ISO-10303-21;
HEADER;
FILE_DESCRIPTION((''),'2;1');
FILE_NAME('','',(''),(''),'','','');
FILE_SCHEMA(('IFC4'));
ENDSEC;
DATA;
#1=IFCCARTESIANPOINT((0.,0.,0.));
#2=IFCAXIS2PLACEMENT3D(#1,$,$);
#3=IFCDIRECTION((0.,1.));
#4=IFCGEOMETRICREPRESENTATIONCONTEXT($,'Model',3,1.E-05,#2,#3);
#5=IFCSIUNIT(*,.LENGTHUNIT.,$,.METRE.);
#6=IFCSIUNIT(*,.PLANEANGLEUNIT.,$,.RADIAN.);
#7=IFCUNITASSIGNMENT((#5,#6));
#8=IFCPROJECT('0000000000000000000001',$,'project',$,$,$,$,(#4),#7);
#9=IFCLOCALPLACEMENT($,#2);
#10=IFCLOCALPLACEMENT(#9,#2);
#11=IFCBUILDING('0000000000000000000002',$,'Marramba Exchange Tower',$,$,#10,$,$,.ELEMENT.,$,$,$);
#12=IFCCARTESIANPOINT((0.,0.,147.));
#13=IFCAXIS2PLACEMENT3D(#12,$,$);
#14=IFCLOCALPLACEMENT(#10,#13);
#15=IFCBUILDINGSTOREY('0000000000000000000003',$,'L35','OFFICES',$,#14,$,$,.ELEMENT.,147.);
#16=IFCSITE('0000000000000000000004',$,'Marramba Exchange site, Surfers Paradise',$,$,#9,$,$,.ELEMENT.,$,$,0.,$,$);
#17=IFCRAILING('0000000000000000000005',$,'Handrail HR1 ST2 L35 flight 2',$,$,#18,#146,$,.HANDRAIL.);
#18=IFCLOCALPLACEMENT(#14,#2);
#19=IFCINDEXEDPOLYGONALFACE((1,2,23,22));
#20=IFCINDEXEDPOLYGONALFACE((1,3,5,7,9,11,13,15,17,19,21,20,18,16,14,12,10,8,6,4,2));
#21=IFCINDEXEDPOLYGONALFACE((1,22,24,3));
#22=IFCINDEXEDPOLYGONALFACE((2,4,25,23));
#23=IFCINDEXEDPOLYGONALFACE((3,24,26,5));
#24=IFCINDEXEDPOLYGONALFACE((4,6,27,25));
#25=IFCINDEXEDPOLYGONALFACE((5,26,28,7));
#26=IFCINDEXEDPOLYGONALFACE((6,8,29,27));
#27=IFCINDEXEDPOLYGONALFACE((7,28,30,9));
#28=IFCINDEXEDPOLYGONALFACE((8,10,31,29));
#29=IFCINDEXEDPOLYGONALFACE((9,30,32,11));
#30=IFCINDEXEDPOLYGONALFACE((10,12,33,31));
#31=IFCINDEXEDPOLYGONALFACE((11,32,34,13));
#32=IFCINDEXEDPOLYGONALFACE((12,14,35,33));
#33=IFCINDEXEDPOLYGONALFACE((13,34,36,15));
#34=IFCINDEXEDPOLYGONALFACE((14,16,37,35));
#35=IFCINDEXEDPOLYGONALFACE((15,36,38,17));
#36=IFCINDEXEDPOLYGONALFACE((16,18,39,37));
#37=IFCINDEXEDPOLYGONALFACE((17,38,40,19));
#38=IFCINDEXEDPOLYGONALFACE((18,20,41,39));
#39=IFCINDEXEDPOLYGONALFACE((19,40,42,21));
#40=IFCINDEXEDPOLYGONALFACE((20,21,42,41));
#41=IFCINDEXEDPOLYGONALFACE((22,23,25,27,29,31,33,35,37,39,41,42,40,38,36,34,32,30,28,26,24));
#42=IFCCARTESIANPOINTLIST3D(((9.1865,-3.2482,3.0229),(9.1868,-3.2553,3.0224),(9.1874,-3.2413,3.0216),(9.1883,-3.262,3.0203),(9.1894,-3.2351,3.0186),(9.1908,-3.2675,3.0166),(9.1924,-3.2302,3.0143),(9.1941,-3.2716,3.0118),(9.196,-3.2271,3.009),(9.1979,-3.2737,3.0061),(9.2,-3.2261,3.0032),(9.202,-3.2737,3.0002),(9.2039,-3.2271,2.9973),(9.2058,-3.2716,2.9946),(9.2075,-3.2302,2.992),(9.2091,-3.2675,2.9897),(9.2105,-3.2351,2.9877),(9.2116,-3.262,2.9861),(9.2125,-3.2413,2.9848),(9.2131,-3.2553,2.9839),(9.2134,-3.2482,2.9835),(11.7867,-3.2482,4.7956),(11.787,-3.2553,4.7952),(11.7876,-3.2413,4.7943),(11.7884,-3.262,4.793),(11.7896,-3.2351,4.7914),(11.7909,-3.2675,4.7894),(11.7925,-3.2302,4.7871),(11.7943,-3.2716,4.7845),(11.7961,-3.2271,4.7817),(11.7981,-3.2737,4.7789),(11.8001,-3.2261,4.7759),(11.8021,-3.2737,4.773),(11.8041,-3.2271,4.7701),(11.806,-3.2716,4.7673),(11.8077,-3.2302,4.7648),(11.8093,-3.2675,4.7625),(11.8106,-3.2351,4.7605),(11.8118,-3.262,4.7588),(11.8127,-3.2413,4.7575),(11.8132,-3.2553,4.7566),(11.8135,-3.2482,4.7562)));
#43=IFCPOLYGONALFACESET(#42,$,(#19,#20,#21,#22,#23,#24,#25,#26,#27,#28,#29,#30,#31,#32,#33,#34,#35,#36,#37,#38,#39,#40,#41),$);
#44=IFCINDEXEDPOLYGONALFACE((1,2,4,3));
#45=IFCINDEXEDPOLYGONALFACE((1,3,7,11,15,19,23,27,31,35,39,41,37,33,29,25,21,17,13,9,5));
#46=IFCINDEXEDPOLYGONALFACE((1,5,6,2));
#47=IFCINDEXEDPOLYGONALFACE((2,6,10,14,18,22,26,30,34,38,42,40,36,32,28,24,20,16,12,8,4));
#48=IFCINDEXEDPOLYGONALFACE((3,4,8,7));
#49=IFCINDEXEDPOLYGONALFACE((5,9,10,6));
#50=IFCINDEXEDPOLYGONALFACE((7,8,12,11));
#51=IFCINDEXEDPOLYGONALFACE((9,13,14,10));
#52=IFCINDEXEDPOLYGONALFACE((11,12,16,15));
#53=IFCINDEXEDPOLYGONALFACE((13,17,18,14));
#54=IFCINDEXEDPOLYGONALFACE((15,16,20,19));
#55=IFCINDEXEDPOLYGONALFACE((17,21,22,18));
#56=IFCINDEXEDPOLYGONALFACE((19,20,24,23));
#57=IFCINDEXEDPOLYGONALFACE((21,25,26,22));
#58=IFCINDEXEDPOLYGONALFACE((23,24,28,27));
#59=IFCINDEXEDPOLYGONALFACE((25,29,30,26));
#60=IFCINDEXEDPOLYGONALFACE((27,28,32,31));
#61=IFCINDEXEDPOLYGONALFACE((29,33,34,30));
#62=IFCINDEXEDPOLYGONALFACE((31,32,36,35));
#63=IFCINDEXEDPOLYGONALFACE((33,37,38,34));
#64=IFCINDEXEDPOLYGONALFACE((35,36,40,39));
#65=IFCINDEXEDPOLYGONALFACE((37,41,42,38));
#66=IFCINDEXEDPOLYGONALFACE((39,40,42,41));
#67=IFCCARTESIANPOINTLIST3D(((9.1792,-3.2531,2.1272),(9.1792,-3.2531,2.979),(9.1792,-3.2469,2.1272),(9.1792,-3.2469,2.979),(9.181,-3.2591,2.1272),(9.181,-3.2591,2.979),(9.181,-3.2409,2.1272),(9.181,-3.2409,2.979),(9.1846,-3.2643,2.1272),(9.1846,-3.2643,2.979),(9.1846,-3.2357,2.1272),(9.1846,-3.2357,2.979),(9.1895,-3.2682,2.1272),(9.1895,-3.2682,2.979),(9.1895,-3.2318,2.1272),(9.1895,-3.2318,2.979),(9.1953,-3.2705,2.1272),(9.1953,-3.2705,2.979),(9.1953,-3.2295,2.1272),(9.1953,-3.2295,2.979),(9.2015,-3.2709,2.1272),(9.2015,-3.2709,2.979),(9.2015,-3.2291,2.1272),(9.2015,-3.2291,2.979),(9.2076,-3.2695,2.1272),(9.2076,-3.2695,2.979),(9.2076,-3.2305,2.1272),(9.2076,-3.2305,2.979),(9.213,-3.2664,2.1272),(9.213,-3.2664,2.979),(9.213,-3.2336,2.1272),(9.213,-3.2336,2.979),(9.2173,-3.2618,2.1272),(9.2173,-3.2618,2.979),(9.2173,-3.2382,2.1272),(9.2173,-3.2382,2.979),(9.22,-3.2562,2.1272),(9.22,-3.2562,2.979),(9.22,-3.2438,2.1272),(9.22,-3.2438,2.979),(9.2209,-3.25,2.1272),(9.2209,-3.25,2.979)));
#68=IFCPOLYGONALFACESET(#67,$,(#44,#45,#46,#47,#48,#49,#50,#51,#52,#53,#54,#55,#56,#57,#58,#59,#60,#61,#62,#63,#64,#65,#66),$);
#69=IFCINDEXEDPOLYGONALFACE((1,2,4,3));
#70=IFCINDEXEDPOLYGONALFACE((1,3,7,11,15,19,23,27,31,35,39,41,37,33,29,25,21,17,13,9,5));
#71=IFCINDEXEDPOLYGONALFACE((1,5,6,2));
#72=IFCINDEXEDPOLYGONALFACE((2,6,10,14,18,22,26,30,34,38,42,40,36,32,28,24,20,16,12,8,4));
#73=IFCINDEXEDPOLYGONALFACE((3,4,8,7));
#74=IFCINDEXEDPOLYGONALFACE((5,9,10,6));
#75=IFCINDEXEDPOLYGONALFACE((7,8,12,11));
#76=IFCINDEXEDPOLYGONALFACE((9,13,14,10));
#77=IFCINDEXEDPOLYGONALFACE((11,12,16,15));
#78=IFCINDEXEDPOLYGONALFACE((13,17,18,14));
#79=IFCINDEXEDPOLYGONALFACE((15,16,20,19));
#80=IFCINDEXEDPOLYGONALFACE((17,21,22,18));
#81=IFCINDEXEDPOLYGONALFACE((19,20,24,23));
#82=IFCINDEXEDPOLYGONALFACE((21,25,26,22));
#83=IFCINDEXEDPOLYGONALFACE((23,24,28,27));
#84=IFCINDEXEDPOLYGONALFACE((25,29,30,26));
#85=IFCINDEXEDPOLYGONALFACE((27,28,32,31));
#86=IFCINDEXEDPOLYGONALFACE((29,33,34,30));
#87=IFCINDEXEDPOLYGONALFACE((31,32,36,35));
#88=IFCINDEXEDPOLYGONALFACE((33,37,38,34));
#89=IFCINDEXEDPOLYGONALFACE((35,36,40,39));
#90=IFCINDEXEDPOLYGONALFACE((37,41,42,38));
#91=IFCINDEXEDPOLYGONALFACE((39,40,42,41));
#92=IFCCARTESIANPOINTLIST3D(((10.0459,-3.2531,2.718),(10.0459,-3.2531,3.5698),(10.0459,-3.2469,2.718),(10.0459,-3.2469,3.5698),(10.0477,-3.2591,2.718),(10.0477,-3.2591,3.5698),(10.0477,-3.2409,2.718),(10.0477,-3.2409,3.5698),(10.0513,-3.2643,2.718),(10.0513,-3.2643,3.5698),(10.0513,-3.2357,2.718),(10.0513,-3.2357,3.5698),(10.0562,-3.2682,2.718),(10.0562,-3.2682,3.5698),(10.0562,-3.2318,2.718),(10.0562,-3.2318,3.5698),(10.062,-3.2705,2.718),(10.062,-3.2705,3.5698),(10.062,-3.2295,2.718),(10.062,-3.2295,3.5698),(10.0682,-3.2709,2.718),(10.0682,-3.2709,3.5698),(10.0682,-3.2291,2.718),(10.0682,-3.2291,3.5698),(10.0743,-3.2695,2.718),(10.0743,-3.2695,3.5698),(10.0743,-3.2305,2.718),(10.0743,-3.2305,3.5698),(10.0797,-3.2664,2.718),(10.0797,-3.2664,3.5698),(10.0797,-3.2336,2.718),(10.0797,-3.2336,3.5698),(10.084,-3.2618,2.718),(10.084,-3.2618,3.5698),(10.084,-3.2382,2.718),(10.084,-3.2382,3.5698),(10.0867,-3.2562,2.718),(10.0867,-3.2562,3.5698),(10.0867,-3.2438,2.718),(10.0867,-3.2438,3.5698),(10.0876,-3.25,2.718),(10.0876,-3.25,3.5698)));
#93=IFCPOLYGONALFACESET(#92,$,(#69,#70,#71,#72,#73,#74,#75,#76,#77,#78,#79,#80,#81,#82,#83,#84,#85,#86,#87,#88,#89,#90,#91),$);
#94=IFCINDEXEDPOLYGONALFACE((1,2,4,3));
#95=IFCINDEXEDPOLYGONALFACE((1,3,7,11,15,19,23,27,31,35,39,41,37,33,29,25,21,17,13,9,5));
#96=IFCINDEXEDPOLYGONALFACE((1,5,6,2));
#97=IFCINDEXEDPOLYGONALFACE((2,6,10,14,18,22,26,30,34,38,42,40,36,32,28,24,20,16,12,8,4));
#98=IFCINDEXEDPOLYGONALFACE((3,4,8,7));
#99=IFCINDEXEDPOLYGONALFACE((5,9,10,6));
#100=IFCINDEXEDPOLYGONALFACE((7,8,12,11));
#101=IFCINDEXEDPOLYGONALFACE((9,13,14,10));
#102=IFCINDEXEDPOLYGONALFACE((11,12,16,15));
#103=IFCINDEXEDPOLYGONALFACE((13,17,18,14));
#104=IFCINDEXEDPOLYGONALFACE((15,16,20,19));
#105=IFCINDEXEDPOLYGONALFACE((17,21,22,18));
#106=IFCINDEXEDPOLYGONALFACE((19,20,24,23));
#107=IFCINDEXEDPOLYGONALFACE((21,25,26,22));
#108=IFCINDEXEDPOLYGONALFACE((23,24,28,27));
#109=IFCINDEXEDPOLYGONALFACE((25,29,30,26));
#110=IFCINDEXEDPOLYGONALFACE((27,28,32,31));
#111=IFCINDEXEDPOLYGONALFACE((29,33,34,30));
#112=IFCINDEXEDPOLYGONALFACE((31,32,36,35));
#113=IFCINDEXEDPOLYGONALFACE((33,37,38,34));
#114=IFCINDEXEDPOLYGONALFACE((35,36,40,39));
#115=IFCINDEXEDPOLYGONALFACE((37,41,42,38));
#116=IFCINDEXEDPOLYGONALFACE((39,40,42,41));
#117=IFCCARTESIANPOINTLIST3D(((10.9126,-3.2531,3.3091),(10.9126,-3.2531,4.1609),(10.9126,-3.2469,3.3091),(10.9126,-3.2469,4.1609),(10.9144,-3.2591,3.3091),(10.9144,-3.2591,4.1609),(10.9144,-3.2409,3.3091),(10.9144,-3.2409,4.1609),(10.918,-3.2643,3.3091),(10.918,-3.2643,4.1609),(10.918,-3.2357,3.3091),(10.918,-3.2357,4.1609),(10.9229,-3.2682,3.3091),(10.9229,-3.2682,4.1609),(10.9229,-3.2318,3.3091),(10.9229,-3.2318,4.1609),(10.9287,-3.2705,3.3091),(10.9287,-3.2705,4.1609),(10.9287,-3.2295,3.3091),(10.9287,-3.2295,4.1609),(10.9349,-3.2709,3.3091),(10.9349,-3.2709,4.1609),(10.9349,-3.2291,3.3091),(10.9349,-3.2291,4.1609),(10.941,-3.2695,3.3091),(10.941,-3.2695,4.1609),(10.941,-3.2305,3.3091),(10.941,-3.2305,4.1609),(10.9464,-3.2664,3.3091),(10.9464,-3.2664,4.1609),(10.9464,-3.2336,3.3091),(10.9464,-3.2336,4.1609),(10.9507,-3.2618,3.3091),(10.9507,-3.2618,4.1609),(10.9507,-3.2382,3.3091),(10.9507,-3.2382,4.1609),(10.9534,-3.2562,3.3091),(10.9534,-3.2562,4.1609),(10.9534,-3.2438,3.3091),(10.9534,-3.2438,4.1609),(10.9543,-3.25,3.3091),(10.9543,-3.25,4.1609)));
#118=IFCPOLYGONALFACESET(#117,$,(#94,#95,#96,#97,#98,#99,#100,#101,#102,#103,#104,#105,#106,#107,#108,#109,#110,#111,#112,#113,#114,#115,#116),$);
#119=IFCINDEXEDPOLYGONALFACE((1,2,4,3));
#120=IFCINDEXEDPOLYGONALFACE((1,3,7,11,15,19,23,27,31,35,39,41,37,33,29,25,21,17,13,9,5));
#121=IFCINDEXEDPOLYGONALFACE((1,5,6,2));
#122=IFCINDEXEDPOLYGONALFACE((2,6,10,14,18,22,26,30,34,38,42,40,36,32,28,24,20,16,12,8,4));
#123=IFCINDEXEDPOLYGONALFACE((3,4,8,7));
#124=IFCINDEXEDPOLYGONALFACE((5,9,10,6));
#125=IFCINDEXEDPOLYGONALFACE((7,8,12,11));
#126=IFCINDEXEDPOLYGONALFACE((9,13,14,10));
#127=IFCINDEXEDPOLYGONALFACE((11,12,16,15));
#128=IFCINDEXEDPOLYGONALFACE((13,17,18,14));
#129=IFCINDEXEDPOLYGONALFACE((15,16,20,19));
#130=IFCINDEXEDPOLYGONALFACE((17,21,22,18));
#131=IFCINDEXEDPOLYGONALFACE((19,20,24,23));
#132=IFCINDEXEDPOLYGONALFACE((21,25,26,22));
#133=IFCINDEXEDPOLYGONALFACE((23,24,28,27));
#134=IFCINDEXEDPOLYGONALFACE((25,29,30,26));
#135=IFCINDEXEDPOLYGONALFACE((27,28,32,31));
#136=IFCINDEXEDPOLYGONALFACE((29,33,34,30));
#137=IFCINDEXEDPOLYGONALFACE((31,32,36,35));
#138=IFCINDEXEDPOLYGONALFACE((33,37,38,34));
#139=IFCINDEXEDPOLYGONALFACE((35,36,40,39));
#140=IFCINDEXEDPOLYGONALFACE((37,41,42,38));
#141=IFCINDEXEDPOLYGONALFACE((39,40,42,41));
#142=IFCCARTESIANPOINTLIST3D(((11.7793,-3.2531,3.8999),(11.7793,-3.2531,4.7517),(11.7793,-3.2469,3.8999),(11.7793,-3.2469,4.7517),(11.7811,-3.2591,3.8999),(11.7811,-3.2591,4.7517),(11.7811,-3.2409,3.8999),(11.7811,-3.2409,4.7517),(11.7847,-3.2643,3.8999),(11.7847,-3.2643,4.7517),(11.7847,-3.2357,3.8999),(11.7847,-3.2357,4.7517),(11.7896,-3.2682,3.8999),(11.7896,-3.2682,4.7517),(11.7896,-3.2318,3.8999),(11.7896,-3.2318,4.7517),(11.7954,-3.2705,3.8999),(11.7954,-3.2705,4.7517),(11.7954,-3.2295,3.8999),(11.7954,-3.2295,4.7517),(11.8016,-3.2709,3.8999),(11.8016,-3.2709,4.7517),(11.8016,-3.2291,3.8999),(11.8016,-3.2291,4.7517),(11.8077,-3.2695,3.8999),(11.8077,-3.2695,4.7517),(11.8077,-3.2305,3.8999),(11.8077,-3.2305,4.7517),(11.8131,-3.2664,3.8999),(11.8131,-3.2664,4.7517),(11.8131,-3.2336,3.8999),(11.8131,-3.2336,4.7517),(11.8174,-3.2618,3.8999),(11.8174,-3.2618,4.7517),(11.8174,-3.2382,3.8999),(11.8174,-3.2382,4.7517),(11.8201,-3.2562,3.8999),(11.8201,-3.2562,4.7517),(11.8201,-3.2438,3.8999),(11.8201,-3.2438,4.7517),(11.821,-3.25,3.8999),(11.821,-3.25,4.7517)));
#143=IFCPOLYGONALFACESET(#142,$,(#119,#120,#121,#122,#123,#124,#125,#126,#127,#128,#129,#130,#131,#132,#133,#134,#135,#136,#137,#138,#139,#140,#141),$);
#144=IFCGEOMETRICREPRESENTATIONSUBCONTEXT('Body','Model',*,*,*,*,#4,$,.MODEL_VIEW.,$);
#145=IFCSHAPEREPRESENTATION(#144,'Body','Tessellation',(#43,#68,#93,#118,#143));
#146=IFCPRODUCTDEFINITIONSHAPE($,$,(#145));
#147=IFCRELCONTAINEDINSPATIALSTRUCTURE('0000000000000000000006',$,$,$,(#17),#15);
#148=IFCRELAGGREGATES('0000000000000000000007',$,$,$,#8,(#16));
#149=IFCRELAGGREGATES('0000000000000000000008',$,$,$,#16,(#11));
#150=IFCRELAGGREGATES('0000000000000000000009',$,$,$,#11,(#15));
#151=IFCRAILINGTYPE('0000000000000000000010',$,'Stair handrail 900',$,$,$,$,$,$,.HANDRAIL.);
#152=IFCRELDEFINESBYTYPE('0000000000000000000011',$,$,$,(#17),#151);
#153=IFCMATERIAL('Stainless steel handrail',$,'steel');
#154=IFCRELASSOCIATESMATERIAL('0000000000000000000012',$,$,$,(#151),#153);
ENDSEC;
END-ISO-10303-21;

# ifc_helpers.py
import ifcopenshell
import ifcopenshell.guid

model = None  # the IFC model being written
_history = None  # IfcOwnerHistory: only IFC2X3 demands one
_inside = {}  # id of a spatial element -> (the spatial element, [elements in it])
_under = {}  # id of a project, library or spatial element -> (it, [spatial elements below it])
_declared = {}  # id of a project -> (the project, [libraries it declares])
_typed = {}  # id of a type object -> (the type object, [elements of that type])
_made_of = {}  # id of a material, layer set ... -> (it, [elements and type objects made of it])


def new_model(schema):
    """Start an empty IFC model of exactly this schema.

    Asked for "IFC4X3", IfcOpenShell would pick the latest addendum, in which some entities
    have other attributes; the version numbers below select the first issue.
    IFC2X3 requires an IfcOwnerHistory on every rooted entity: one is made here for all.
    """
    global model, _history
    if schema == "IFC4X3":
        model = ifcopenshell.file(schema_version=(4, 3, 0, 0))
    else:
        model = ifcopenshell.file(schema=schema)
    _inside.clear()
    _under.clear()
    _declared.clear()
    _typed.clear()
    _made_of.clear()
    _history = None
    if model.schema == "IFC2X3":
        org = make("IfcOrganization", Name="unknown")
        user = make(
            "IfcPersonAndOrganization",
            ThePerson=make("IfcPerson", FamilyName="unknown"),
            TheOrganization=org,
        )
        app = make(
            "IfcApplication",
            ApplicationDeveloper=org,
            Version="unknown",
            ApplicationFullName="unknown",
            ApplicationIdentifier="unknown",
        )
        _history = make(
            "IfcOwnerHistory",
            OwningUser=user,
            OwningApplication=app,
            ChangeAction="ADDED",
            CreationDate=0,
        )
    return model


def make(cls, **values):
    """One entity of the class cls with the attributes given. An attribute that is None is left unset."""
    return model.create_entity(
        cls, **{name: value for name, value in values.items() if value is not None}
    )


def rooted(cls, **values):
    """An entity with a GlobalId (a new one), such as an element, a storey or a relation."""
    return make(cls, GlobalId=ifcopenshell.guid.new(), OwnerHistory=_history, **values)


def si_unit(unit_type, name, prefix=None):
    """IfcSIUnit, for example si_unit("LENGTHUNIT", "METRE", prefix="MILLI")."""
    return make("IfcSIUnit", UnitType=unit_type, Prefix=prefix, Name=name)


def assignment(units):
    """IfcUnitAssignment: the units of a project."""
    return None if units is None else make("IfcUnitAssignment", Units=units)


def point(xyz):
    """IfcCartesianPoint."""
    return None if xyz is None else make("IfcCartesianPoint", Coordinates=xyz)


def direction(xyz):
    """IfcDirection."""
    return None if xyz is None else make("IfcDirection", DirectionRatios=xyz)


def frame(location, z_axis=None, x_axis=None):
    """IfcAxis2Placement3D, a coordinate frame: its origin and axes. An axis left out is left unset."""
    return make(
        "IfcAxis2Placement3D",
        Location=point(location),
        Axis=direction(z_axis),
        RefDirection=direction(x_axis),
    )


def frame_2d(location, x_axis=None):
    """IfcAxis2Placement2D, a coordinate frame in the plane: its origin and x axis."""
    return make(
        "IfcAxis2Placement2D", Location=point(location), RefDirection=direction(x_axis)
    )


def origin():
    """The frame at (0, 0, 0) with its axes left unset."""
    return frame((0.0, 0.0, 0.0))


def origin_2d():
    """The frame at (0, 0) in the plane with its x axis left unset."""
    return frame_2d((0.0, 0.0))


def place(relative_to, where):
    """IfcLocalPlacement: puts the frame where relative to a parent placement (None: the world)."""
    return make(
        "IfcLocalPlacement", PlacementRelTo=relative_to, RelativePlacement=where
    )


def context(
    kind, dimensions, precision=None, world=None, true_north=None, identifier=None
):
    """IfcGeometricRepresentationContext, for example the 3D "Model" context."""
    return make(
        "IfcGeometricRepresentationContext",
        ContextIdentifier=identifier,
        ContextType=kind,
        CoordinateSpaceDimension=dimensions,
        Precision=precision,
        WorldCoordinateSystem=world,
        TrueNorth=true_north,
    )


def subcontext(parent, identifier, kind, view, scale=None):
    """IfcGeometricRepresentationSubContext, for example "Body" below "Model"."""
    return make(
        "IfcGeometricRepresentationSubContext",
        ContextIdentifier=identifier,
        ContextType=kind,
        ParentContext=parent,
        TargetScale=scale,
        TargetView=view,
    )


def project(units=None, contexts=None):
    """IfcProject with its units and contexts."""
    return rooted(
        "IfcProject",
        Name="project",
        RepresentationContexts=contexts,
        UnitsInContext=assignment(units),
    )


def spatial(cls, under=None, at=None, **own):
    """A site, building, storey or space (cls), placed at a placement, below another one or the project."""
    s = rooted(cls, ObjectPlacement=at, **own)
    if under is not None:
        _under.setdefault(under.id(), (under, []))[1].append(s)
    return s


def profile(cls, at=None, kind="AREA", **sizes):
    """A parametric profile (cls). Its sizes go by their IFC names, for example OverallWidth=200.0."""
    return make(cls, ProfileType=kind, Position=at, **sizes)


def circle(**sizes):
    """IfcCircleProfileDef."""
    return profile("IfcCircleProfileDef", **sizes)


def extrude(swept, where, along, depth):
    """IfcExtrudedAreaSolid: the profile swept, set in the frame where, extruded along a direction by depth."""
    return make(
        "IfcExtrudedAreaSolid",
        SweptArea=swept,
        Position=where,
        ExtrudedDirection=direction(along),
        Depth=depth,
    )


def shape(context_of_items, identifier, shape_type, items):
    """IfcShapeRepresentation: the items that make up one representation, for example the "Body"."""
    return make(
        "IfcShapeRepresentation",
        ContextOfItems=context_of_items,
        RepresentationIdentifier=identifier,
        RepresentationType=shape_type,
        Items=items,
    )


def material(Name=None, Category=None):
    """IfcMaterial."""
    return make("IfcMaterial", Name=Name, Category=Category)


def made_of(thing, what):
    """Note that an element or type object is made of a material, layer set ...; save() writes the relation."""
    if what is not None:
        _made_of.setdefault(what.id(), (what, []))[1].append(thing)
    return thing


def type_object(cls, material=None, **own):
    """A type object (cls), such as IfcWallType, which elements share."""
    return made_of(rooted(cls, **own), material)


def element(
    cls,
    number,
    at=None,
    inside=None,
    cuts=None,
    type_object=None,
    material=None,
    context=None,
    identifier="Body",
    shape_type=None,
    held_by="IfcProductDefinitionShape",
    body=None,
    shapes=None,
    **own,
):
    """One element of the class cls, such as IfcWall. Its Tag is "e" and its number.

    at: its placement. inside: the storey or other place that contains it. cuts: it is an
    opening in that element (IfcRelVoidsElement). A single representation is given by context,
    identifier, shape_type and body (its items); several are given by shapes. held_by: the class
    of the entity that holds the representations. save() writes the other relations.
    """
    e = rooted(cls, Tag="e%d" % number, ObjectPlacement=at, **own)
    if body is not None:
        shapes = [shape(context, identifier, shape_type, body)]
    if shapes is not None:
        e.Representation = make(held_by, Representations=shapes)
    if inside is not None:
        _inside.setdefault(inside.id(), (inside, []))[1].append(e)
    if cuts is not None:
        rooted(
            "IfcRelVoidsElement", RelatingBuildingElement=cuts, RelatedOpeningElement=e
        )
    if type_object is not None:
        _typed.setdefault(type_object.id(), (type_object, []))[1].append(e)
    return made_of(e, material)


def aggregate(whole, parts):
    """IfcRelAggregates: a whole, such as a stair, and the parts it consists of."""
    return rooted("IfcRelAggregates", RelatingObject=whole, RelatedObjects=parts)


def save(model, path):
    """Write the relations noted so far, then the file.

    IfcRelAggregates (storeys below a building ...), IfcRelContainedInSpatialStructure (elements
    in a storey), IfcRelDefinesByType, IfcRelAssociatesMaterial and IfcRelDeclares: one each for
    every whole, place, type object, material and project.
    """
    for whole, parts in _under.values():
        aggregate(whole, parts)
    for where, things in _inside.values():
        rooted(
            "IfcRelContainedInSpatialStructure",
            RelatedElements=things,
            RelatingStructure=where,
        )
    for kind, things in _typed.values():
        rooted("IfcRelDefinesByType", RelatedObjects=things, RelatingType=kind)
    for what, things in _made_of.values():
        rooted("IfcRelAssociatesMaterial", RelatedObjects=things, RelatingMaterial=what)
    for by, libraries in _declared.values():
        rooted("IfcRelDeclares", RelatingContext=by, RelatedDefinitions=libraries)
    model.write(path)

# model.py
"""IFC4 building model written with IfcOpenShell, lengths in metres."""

from ifc_helpers import new_model, si_unit, direction, frame, origin, origin_2d, place, context, subcontext, project, spatial, circle, extrude, material, type_object, element, save


model = new_model("IFC4")

# Units and contexts
model_context = context("Model", 3, precision=1e-05, world=origin(), true_north=direction((0.0, 1.0)))
body_context = subcontext(model_context, "Body", "Model", "MODEL_VIEW")
ifc_project = project(units=[si_unit("LENGTHUNIT", "METRE"), si_unit("PLANEANGLEUNIT", "RADIAN")], contexts=[model_context])

# Site, building, storey
site_placement = place(None, origin())
site = spatial("IfcSite", under=ifc_project, at=site_placement, Name="Marramba Exchange site, Surfers Paradise", CompositionType="ELEMENT", RefElevation=0.0)
building_placement = place(site_placement, origin())
building = spatial("IfcBuilding", under=site, at=building_placement, Name="Marramba Exchange Tower", CompositionType="ELEMENT")
storey_placement = place(building_placement, frame((0.0, 0.0, 147.0)))
storey = spatial("IfcBuildingStorey", under=building, at=storey_placement, Name="L35", Description="OFFICES", CompositionType="ELEMENT", Elevation=147.0)

# Railing
ifc_material_1 = material(Name="Stainless steel handrail", Category="steel")
railing_type = type_object("IfcRailingType", Name="Stair handrail 900", PredefinedType="HANDRAIL", material=ifc_material_1)
railing_placement = place(storey_placement, frame((9.2, -3.25, 2.1272)))
element("IfcRailing", 1, at=railing_placement, inside=storey, type_object=railing_type, Name="Handrail HR1 ST2 L35 flight 2", PredefinedType="HANDRAIL", context=body_context, shape_type="SweptSolid", body=[
    extrude(circle(Radius=0.0239, at=origin_2d()), frame((0.0, 0.0, 0.876), z_axis=(0.82624, 0.0, 0.563318), x_axis=(0.0, 1.0, 0.0)), (0.0, 0.0, 1.0), 3.147),
    extrude(circle(Radius=0.021, at=origin_2d()), origin(), (0.0, 0.0, 1.0), 0.8518),
    extrude(circle(Radius=0.021, at=origin_2d()), frame((0.8667, 0.0, 0.5908)), (0.0, 0.0, 1.0), 0.8518),
    extrude(circle(Radius=0.021, at=origin_2d()), frame((1.7334, 0.0, 1.1819)), (0.0, 0.0, 1.0), 0.8518),
    extrude(circle(Radius=0.021, at=origin_2d()), frame((2.6001, 0.0, 1.7727)), (0.0, 0.0, 1.0), 0.8518),
])

save(model, "model.ifc")
